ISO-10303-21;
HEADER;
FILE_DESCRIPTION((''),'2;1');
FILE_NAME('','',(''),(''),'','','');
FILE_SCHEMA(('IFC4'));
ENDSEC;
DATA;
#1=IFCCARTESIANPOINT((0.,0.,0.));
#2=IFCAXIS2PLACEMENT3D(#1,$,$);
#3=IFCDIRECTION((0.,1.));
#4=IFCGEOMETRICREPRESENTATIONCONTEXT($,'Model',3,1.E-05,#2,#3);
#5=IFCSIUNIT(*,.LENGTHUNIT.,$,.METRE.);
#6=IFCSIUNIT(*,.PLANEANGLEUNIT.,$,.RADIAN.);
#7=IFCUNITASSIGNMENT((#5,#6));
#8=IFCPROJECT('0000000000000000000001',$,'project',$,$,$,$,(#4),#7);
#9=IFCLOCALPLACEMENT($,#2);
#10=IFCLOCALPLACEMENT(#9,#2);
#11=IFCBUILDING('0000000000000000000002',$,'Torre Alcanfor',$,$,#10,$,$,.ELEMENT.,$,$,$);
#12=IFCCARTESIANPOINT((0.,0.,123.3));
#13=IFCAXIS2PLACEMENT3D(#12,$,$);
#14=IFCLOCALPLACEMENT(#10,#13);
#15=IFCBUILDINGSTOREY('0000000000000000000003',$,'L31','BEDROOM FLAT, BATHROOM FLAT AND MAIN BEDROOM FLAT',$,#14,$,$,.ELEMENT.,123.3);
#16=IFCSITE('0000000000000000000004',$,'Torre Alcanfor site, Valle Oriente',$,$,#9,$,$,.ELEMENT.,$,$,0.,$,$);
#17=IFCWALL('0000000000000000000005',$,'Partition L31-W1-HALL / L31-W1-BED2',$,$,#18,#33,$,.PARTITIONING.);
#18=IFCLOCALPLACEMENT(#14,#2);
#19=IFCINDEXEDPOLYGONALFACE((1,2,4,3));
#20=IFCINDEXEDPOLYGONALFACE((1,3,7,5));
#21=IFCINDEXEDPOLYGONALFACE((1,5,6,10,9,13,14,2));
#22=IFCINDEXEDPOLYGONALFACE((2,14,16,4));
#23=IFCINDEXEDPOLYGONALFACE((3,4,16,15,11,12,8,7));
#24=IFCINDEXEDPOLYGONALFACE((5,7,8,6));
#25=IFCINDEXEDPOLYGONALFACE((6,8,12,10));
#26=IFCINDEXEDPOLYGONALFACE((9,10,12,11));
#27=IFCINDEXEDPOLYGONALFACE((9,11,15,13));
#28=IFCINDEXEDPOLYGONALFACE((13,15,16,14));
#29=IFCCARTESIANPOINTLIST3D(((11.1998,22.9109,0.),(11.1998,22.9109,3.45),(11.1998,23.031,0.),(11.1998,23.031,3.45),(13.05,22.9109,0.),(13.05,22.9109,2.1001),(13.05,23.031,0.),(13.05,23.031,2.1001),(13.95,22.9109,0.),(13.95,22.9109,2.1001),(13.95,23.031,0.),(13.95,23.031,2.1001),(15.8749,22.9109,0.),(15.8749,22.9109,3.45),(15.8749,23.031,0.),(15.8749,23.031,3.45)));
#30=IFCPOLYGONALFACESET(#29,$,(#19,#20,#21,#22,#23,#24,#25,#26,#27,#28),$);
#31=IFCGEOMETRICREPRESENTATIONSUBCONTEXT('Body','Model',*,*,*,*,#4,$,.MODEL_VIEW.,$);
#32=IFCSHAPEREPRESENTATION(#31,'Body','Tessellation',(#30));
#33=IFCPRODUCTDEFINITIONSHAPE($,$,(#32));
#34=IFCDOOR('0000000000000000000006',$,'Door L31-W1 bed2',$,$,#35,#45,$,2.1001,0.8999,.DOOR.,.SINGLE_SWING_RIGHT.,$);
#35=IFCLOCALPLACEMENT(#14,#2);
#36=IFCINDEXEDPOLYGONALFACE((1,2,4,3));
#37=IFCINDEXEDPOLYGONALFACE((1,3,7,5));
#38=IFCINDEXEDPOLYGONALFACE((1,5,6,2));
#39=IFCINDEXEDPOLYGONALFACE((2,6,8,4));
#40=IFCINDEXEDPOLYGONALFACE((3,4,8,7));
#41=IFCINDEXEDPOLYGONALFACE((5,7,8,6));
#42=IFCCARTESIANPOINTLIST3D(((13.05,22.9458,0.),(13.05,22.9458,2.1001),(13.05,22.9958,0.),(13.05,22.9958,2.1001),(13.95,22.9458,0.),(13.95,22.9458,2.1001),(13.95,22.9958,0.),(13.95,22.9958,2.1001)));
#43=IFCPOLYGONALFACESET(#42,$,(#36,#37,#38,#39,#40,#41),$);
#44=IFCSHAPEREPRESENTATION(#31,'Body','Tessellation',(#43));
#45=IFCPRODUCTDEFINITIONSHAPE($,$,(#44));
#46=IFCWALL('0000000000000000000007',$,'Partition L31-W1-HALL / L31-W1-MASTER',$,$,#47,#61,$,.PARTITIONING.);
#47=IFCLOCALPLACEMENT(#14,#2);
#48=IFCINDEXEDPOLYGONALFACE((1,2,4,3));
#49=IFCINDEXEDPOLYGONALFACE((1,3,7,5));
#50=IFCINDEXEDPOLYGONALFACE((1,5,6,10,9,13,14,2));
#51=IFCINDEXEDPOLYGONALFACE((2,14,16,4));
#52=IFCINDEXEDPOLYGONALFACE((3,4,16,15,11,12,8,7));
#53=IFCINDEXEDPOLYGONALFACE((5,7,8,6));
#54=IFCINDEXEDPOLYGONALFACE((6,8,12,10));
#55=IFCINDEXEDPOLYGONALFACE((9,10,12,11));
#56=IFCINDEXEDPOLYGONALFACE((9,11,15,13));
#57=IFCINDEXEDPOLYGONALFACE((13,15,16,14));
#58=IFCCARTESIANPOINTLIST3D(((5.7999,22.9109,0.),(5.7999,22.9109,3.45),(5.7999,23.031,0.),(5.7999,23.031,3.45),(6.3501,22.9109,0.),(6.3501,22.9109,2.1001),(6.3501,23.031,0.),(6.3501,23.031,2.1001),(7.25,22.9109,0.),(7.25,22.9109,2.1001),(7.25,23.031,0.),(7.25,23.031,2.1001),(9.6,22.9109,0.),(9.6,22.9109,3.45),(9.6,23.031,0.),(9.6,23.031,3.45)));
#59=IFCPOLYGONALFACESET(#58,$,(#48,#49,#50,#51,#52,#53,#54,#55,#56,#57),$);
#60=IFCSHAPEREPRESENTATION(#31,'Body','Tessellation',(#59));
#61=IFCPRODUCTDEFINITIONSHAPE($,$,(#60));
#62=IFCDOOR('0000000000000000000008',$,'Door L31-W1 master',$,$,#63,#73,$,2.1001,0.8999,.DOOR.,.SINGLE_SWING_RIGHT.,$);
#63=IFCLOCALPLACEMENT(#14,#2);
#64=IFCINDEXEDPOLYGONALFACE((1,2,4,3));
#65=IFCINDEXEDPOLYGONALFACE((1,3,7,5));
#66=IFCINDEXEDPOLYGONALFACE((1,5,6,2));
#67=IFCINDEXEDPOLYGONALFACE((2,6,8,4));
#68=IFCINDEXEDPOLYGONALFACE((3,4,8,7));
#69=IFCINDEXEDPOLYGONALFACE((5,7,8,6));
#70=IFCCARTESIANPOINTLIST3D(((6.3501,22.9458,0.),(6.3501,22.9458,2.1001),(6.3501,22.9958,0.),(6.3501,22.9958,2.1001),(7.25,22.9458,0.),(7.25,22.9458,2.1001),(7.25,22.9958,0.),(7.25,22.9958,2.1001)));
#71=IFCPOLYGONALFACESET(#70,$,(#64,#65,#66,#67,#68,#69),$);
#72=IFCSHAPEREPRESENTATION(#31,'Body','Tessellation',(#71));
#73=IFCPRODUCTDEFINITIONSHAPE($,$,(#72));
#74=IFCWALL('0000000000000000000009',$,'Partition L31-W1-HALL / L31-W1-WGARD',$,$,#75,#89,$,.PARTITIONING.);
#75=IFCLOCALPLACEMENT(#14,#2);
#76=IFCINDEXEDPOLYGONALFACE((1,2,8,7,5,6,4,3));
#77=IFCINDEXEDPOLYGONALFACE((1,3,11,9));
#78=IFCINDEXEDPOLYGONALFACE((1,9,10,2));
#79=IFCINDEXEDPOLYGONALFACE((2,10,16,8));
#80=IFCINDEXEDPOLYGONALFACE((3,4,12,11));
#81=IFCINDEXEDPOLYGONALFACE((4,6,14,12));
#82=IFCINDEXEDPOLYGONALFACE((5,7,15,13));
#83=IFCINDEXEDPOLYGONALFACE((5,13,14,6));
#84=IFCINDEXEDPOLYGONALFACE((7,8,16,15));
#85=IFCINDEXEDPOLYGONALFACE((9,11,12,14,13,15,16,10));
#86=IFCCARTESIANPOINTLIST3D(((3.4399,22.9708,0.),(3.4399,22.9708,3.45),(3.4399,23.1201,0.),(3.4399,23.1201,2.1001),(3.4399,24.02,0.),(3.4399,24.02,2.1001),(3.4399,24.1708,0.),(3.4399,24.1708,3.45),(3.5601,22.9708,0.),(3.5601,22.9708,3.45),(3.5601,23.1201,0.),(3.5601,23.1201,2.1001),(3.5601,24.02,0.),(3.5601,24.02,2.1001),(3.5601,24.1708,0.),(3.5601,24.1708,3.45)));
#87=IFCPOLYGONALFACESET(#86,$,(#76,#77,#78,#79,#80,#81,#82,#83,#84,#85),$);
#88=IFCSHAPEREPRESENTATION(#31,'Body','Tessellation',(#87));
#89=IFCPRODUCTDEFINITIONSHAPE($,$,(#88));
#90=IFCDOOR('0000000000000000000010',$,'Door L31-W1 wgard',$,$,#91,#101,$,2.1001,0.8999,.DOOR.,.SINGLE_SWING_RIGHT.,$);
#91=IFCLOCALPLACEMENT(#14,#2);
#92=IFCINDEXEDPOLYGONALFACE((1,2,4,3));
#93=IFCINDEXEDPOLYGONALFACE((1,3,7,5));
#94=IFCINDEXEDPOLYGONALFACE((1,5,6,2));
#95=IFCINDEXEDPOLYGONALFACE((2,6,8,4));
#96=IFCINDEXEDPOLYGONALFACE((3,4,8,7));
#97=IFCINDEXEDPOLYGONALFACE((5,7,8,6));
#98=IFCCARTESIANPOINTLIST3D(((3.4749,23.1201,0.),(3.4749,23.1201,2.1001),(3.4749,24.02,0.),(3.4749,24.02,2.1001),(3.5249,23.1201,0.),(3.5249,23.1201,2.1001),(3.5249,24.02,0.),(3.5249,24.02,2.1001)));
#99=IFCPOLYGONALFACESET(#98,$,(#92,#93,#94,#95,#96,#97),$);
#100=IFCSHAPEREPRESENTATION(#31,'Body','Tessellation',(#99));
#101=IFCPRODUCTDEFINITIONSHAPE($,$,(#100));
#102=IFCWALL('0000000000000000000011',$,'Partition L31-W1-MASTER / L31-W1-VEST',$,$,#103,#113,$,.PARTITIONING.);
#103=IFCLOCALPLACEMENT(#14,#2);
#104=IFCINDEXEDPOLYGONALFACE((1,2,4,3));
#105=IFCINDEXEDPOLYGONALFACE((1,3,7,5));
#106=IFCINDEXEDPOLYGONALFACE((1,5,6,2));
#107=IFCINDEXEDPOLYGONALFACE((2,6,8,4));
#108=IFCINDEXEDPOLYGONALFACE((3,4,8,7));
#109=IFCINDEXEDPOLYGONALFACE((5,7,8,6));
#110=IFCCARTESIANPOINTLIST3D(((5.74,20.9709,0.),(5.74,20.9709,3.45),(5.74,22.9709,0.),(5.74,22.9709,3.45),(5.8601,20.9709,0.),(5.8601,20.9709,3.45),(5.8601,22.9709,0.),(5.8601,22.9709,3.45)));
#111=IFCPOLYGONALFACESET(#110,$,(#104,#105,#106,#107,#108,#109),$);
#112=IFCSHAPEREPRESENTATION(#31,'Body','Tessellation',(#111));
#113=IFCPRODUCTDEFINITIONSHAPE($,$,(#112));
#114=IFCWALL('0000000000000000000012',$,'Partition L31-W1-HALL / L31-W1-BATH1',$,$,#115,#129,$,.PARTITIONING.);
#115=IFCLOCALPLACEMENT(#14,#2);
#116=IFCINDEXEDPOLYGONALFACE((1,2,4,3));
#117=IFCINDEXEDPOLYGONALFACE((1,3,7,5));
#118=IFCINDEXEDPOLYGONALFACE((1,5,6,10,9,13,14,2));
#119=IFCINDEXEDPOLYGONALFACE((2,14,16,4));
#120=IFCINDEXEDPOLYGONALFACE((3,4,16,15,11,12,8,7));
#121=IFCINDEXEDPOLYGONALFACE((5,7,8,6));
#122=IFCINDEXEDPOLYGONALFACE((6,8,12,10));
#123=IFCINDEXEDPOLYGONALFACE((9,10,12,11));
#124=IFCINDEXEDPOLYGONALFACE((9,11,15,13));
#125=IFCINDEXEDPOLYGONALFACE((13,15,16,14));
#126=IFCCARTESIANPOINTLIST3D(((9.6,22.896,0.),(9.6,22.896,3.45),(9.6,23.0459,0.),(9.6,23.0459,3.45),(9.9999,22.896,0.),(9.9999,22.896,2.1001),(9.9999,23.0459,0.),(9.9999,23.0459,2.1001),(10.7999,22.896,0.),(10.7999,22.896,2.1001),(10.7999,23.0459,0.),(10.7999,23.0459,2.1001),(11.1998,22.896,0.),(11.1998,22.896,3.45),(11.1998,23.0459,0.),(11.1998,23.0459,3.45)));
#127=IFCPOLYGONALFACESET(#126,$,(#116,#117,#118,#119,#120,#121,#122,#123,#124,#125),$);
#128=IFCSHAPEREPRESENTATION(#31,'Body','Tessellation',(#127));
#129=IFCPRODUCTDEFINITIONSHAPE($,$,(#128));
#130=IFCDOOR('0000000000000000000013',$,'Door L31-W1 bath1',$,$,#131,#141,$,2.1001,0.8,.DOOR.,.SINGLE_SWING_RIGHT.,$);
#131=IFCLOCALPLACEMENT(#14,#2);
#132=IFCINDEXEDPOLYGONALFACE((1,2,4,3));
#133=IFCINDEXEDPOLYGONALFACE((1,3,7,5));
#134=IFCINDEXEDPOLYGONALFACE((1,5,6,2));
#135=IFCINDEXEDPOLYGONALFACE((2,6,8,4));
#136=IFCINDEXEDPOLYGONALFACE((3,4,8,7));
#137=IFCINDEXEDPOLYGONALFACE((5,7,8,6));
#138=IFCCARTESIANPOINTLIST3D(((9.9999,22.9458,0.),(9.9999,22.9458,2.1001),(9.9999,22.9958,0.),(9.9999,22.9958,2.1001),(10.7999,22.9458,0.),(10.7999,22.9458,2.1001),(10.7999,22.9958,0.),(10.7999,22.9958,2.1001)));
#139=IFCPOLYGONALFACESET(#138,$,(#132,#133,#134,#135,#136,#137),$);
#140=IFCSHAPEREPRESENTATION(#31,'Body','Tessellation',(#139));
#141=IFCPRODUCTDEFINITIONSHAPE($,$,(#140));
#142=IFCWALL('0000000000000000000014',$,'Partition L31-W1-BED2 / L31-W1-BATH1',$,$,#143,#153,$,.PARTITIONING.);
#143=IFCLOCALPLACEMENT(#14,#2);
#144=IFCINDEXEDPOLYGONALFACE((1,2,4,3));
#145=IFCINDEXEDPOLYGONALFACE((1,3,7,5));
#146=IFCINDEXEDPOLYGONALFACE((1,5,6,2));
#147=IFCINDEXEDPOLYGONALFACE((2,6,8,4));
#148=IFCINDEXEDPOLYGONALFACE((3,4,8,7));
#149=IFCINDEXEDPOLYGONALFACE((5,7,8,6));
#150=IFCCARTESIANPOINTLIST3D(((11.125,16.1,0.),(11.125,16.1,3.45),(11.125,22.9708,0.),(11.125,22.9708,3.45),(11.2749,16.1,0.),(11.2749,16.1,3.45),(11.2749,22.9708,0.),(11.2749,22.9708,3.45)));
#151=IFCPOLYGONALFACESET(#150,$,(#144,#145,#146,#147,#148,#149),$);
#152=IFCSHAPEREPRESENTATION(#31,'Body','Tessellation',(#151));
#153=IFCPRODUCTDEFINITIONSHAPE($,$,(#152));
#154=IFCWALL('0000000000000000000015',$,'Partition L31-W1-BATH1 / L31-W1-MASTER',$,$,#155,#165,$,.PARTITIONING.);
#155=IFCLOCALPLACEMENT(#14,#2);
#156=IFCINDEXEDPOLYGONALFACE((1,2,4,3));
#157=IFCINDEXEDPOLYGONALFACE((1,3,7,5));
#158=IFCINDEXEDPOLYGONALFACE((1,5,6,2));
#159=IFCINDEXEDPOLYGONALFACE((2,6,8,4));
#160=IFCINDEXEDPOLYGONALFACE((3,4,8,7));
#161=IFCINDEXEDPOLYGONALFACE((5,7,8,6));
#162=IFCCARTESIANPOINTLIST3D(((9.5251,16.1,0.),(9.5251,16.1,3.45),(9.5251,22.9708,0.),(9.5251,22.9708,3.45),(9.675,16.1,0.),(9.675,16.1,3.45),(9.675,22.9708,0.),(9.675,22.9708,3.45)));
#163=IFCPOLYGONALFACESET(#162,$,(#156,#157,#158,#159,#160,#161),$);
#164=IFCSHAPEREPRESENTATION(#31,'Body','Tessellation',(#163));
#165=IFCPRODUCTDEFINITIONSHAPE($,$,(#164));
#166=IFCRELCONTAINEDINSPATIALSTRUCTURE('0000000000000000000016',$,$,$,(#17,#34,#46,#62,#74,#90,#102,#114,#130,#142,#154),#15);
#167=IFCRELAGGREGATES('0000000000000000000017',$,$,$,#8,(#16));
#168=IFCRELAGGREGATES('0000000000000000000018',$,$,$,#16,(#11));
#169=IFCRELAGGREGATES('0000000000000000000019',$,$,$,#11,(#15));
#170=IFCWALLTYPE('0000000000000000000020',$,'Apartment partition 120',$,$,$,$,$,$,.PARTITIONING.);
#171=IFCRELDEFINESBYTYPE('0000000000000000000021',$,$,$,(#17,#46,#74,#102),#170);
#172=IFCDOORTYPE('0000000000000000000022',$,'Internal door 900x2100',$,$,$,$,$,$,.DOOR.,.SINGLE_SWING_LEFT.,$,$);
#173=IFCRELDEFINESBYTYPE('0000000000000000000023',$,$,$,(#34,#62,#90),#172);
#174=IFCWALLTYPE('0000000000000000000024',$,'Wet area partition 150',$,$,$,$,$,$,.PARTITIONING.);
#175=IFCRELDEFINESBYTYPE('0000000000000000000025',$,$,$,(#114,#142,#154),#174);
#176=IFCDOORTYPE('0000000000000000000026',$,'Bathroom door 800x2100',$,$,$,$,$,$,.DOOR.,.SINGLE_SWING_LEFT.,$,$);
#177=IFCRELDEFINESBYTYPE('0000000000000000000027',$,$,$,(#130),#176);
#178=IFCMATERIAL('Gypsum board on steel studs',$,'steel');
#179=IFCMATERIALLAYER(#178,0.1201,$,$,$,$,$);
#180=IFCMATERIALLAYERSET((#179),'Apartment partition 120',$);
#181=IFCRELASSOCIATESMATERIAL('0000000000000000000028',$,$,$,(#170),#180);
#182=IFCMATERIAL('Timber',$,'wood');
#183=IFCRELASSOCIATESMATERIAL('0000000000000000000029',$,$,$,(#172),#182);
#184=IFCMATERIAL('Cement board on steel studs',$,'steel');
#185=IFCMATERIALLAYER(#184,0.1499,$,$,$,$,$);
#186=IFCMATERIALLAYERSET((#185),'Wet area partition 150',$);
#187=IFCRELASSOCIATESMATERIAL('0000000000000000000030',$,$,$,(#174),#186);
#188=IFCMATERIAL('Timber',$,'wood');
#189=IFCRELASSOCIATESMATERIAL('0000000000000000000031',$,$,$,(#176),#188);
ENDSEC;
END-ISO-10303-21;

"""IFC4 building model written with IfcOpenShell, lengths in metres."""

from ifc_helpers import new_model, si_unit, direction, frame, frame_2d, origin, place, context, subcontext, project, spatial, rectangle, extrude, material, layer, layer_set, type_object, element, fill, save


model = new_model("IFC4")

# Units and contexts
model_context = context("Model", 3, precision=1e-05, world=origin(), true_north=direction((0.0, 1.0)))
body_context = subcontext(model_context, "Body", "Model", "MODEL_VIEW")
ifc_project = project(units=[si_unit("LENGTHUNIT", "METRE"), si_unit("PLANEANGLEUNIT", "RADIAN")], contexts=[model_context])

# Site, building, storey
site_placement = place(None, origin())
site = spatial("IfcSite", under=ifc_project, at=site_placement, Name="Torre Alcanfor site, Valle Oriente", CompositionType="ELEMENT", RefElevation=0.0)
building_placement = place(site_placement, origin())
building = spatial("IfcBuilding", under=site, at=building_placement, Name="Torre Alcanfor", CompositionType="ELEMENT")
storey_placement = place(building_placement, frame((0.0, 0.0, 123.3)))
storey = spatial("IfcBuildingStorey", under=building, at=storey_placement, Name="L31", Description="BEDROOM FLAT, BATHROOM FLAT AND MAIN BEDROOM FLAT", CompositionType="ELEMENT", Elevation=123.3)

# Shared definitions
ifc_material_1 = material(Name="Gypsum board on steel studs", Category="steel")
ifc_layer_1 = layer(ifc_material_1, 0.1201)
ifc_layer_set_1 = layer_set([ifc_layer_1], Name="Apartment partition 120")
wall_type_1 = type_object("IfcWallType", Name="Apartment partition 120", PredefinedType="PARTITIONING", material=ifc_layer_set_1)
ifc_material_2 = material(Name="Timber", Category="wood")
door_type_1 = type_object("IfcDoorType", Name="Internal door 900x2100", OperationType="SINGLE_SWING_LEFT", PredefinedType="DOOR", material=ifc_material_2)

# Walls, openings, doors
wall_1_placement = place(storey_placement, frame((11.2, 22.9709, 0.0), z_axis=(0.0, 0.0, 1.0), x_axis=(1.0, 0.0, 0.0)))
wall_1 = element("IfcWall", 1, at=wall_1_placement, inside=storey, type_object=wall_type_1, Name="Partition L31-W1-HALL / L31-W1-BED2", PredefinedType="PARTITIONING", context=body_context, shape_type="SweptSolid", body=[
    extrude(rectangle(XDim=4.675, YDim=0.1201, at=frame_2d((2.3374, 0.0))), origin(), (0.0, 0.0, 1.0), 3.45),
])
opening_1_placement = place(wall_1_placement, frame((1.8501, 0.0, 0.0)))
opening_1 = element("IfcOpeningElement", 2, at=opening_1_placement, cuts=wall_1, PredefinedType="OPENING", context=body_context, shape_type="SweptSolid", body=[
    extrude(rectangle(XDim=0.8999, YDim=2.1001, at=frame_2d((0.45, 1.05))), frame((0.0, 0.0701, 0.0), z_axis=(0.0, -1.0, 0.0), x_axis=(1.0, 0.0, 0.0)), (0.0, 0.0, 1.0), 0.1401),
])
door_1_placement = place(opening_1_placement, frame((0.8999, 0.0, 0.0), z_axis=(0.0, 0.0, 1.0), x_axis=(-1.0, 0.0, 0.0)))
door_1 = element("IfcDoor", 3, at=door_1_placement, inside=storey, type_object=door_type_1, Name="Door L31-W1 bed2", OperationType="SINGLE_SWING_RIGHT", OverallHeight=2.1001, OverallWidth=0.8999, PredefinedType="DOOR", context=body_context, shape_type="SweptSolid", body=[
    extrude(rectangle(XDim=0.8999, YDim=2.1001, at=frame_2d((0.45, 1.05))), frame((0.0, 0.0251, 0.0), z_axis=(0.0, -1.0, 0.0), x_axis=(1.0, 0.0, 0.0)), (0.0, 0.0, 1.0), 0.05),
])
fill(opening_1, door_1)
wall_2_placement = place(storey_placement, frame((5.8, 22.9709, 0.0), z_axis=(0.0, 0.0, 1.0), x_axis=(1.0, 0.0, 0.0)))
wall_2 = element("IfcWall", 4, at=wall_2_placement, inside=storey, type_object=wall_type_1, Name="Partition L31-W1-HALL / L31-W1-MASTER", PredefinedType="PARTITIONING", context=body_context, shape_type="SweptSolid", body=[
    extrude(rectangle(XDim=3.8, YDim=0.1201, at=frame_2d((1.8999, 0.0))), origin(), (0.0, 0.0, 1.0), 3.45),
])
opening_2_placement = place(wall_2_placement, frame((0.55, 0.0, 0.0)))
opening_2 = element("IfcOpeningElement", 5, at=opening_2_placement, cuts=wall_2, PredefinedType="OPENING", context=body_context, shape_type="SweptSolid", body=[
    extrude(rectangle(XDim=0.8999, YDim=2.1001, at=frame_2d((0.45, 1.05))), frame((0.0, 0.0701, 0.0), z_axis=(0.0, -1.0, 0.0), x_axis=(1.0, 0.0, 0.0)), (0.0, 0.0, 1.0), 0.1401),
])
door_2_placement = place(opening_2_placement, frame((0.8999, 0.0, 0.0), z_axis=(0.0, 0.0, 1.0), x_axis=(-1.0, 0.0, 0.0)))
door_2 = element("IfcDoor", 6, at=door_2_placement, inside=storey, type_object=door_type_1, Name="Door L31-W1 master", OperationType="SINGLE_SWING_RIGHT", OverallHeight=2.1001, OverallWidth=0.8999, PredefinedType="DOOR", context=body_context, shape_type="SweptSolid", body=[
    extrude(rectangle(XDim=0.8999, YDim=2.1001, at=frame_2d((0.45, 1.05))), frame((0.0, 0.0251, 0.0), z_axis=(0.0, -1.0, 0.0), x_axis=(1.0, 0.0, 0.0)), (0.0, 0.0, 1.0), 0.05),
])
fill(opening_2, door_2)
wall_3_placement = place(storey_placement, frame((3.5, 24.1709, 0.0), z_axis=(0.0, 0.0, 1.0), x_axis=(0.0, -1.0, 0.0)))
wall_3 = element("IfcWall", 7, at=wall_3_placement, inside=storey, type_object=wall_type_1, Name="Partition L31-W1-HALL / L31-W1-WGARD", PredefinedType="PARTITIONING", context=body_context, shape_type="SweptSolid", body=[
    extrude(rectangle(XDim=1.2, YDim=0.1201, at=frame_2d((0.6001, 0.0))), origin(), (0.0, 0.0, 1.0), 3.45),
])
opening_3_placement = place(wall_3_placement, frame((0.1509, 0.0, 0.0)))
opening_3 = element("IfcOpeningElement", 8, at=opening_3_placement, cuts=wall_3, PredefinedType="OPENING", context=body_context, shape_type="SweptSolid", body=[
    extrude(rectangle(XDim=0.8999, YDim=2.1001, at=frame_2d((0.45, 1.05))), frame((0.0, 0.0701, 0.0), z_axis=(0.0, -1.0, 0.0), x_axis=(1.0, 0.0, 0.0)), (0.0, 0.0, 1.0), 0.1401),
])
door_3_placement = place(opening_3_placement, frame((0.8999, 0.0, 0.0), z_axis=(0.0, 0.0, 1.0), x_axis=(-1.0, 0.0, 0.0)))
door_3 = element("IfcDoor", 9, at=door_3_placement, inside=storey, type_object=door_type_1, Name="Door L31-W1 wgard", OperationType="SINGLE_SWING_RIGHT", OverallHeight=2.1001, OverallWidth=0.8999, PredefinedType="DOOR", context=body_context, shape_type="SweptSolid", body=[
    extrude(rectangle(XDim=0.8999, YDim=2.1001, at=frame_2d((0.45, 1.05))), frame((0.0, 0.0251, 0.0), z_axis=(0.0, -1.0, 0.0), x_axis=(1.0, 0.0, 0.0)), (0.0, 0.0, 1.0), 0.05),
])
fill(opening_3, door_3)

# Wall
wall_4_placement = place(storey_placement, frame((5.8, 20.9709, 0.0), z_axis=(0.0, 0.0, 1.0), x_axis=(0.0, 1.0, 0.0)))
element("IfcWall", 10, at=wall_4_placement, inside=storey, type_object=wall_type_1, Name="Partition L31-W1-MASTER / L31-W1-VEST", PredefinedType="PARTITIONING", context=body_context, shape_type="SweptSolid", body=[
    extrude(rectangle(XDim=2.0, YDim=0.1201, at=frame_2d((1.0, 0.0))), origin(), (0.0, 0.0, 1.0), 3.45),
])

# Wall, opening, door
ifc_material_3 = material(Name="Cement board on steel studs", Category="steel")
ifc_layer_2 = layer(ifc_material_3, 0.1499)
ifc_layer_set_2 = layer_set([ifc_layer_2], Name="Wet area partition 150")
wall_type_2 = type_object("IfcWallType", Name="Wet area partition 150", PredefinedType="PARTITIONING", material=ifc_layer_set_2)
wall_5_placement = place(storey_placement, frame((9.6001, 22.9709, 0.0), z_axis=(0.0, 0.0, 1.0), x_axis=(1.0, 0.0, 0.0)))
wall_5 = element("IfcWall", 11, at=wall_5_placement, inside=storey, type_object=wall_type_2, Name="Partition L31-W1-HALL / L31-W1-BATH1", PredefinedType="PARTITIONING", context=body_context, shape_type="SweptSolid", body=[
    extrude(rectangle(XDim=1.5999, YDim=0.1499, at=frame_2d((0.7998, 0.0))), origin(), (0.0, 0.0, 1.0), 3.45),
])
opening_4_placement = place(wall_5_placement, frame((0.3999, 0.0, 0.0)))
opening_4 = element("IfcOpeningElement", 12, at=opening_4_placement, cuts=wall_5, PredefinedType="OPENING", context=body_context, shape_type="SweptSolid", body=[
    extrude(rectangle(XDim=0.8, YDim=2.1001, at=frame_2d((0.3999, 1.05))), frame((0.0, 0.085, 0.0), z_axis=(0.0, -1.0, 0.0), x_axis=(1.0, 0.0, 0.0)), (0.0, 0.0, 1.0), 0.1699),
])
ifc_material_4 = material(Name="Timber", Category="wood")
door_type_2 = type_object("IfcDoorType", Name="Bathroom door 800x2100", OperationType="SINGLE_SWING_LEFT", PredefinedType="DOOR", material=ifc_material_4)
door_4_placement = place(opening_4_placement, frame((0.8, 0.0, 0.0), z_axis=(0.0, 0.0, 1.0), x_axis=(-1.0, 0.0, 0.0)))
door_4 = element("IfcDoor", 13, at=door_4_placement, inside=storey, type_object=door_type_2, Name="Door L31-W1 bath1", OperationType="SINGLE_SWING_RIGHT", OverallHeight=2.1001, OverallWidth=0.8, PredefinedType="DOOR", context=body_context, shape_type="SweptSolid", body=[
    extrude(rectangle(XDim=0.8, YDim=2.1001, at=frame_2d((0.4001, 1.05))), frame((0.0, 0.0251, 0.0), z_axis=(0.0, -1.0, 0.0), x_axis=(1.0, 0.0, 0.0)), (0.0, 0.0, 1.0), 0.05),
])
fill(opening_4, door_4)

# Walls
for number, where, z_axis, x_axis, name in (
    (14, (11.2, 22.9709, 0.0), (0.0, 0.0, 1.0), (0.0, -1.0, 0.0), "Partition L31-W1-BED2 / L31-W1-BATH1"),
    (15, (9.6001, 22.9709, 0.0), (0.0, 0.0, 1.0), (0.0, -1.0, 0.0), "Partition L31-W1-BATH1 / L31-W1-MASTER"),
):
    element("IfcWall", number, at=place(storey_placement, frame(where, z_axis=z_axis, x_axis=x_axis)), inside=storey, type_object=wall_type_2, Name=name, PredefinedType="PARTITIONING", context=body_context, shape_type="SweptSolid", body=[
        extrude(rectangle(XDim=6.8708, YDim=0.1499, at=frame_2d((3.4355, 0.0))), origin(), (0.0, 0.0, 1.0), 3.45),
    ])

save(model, "model.ifc")
